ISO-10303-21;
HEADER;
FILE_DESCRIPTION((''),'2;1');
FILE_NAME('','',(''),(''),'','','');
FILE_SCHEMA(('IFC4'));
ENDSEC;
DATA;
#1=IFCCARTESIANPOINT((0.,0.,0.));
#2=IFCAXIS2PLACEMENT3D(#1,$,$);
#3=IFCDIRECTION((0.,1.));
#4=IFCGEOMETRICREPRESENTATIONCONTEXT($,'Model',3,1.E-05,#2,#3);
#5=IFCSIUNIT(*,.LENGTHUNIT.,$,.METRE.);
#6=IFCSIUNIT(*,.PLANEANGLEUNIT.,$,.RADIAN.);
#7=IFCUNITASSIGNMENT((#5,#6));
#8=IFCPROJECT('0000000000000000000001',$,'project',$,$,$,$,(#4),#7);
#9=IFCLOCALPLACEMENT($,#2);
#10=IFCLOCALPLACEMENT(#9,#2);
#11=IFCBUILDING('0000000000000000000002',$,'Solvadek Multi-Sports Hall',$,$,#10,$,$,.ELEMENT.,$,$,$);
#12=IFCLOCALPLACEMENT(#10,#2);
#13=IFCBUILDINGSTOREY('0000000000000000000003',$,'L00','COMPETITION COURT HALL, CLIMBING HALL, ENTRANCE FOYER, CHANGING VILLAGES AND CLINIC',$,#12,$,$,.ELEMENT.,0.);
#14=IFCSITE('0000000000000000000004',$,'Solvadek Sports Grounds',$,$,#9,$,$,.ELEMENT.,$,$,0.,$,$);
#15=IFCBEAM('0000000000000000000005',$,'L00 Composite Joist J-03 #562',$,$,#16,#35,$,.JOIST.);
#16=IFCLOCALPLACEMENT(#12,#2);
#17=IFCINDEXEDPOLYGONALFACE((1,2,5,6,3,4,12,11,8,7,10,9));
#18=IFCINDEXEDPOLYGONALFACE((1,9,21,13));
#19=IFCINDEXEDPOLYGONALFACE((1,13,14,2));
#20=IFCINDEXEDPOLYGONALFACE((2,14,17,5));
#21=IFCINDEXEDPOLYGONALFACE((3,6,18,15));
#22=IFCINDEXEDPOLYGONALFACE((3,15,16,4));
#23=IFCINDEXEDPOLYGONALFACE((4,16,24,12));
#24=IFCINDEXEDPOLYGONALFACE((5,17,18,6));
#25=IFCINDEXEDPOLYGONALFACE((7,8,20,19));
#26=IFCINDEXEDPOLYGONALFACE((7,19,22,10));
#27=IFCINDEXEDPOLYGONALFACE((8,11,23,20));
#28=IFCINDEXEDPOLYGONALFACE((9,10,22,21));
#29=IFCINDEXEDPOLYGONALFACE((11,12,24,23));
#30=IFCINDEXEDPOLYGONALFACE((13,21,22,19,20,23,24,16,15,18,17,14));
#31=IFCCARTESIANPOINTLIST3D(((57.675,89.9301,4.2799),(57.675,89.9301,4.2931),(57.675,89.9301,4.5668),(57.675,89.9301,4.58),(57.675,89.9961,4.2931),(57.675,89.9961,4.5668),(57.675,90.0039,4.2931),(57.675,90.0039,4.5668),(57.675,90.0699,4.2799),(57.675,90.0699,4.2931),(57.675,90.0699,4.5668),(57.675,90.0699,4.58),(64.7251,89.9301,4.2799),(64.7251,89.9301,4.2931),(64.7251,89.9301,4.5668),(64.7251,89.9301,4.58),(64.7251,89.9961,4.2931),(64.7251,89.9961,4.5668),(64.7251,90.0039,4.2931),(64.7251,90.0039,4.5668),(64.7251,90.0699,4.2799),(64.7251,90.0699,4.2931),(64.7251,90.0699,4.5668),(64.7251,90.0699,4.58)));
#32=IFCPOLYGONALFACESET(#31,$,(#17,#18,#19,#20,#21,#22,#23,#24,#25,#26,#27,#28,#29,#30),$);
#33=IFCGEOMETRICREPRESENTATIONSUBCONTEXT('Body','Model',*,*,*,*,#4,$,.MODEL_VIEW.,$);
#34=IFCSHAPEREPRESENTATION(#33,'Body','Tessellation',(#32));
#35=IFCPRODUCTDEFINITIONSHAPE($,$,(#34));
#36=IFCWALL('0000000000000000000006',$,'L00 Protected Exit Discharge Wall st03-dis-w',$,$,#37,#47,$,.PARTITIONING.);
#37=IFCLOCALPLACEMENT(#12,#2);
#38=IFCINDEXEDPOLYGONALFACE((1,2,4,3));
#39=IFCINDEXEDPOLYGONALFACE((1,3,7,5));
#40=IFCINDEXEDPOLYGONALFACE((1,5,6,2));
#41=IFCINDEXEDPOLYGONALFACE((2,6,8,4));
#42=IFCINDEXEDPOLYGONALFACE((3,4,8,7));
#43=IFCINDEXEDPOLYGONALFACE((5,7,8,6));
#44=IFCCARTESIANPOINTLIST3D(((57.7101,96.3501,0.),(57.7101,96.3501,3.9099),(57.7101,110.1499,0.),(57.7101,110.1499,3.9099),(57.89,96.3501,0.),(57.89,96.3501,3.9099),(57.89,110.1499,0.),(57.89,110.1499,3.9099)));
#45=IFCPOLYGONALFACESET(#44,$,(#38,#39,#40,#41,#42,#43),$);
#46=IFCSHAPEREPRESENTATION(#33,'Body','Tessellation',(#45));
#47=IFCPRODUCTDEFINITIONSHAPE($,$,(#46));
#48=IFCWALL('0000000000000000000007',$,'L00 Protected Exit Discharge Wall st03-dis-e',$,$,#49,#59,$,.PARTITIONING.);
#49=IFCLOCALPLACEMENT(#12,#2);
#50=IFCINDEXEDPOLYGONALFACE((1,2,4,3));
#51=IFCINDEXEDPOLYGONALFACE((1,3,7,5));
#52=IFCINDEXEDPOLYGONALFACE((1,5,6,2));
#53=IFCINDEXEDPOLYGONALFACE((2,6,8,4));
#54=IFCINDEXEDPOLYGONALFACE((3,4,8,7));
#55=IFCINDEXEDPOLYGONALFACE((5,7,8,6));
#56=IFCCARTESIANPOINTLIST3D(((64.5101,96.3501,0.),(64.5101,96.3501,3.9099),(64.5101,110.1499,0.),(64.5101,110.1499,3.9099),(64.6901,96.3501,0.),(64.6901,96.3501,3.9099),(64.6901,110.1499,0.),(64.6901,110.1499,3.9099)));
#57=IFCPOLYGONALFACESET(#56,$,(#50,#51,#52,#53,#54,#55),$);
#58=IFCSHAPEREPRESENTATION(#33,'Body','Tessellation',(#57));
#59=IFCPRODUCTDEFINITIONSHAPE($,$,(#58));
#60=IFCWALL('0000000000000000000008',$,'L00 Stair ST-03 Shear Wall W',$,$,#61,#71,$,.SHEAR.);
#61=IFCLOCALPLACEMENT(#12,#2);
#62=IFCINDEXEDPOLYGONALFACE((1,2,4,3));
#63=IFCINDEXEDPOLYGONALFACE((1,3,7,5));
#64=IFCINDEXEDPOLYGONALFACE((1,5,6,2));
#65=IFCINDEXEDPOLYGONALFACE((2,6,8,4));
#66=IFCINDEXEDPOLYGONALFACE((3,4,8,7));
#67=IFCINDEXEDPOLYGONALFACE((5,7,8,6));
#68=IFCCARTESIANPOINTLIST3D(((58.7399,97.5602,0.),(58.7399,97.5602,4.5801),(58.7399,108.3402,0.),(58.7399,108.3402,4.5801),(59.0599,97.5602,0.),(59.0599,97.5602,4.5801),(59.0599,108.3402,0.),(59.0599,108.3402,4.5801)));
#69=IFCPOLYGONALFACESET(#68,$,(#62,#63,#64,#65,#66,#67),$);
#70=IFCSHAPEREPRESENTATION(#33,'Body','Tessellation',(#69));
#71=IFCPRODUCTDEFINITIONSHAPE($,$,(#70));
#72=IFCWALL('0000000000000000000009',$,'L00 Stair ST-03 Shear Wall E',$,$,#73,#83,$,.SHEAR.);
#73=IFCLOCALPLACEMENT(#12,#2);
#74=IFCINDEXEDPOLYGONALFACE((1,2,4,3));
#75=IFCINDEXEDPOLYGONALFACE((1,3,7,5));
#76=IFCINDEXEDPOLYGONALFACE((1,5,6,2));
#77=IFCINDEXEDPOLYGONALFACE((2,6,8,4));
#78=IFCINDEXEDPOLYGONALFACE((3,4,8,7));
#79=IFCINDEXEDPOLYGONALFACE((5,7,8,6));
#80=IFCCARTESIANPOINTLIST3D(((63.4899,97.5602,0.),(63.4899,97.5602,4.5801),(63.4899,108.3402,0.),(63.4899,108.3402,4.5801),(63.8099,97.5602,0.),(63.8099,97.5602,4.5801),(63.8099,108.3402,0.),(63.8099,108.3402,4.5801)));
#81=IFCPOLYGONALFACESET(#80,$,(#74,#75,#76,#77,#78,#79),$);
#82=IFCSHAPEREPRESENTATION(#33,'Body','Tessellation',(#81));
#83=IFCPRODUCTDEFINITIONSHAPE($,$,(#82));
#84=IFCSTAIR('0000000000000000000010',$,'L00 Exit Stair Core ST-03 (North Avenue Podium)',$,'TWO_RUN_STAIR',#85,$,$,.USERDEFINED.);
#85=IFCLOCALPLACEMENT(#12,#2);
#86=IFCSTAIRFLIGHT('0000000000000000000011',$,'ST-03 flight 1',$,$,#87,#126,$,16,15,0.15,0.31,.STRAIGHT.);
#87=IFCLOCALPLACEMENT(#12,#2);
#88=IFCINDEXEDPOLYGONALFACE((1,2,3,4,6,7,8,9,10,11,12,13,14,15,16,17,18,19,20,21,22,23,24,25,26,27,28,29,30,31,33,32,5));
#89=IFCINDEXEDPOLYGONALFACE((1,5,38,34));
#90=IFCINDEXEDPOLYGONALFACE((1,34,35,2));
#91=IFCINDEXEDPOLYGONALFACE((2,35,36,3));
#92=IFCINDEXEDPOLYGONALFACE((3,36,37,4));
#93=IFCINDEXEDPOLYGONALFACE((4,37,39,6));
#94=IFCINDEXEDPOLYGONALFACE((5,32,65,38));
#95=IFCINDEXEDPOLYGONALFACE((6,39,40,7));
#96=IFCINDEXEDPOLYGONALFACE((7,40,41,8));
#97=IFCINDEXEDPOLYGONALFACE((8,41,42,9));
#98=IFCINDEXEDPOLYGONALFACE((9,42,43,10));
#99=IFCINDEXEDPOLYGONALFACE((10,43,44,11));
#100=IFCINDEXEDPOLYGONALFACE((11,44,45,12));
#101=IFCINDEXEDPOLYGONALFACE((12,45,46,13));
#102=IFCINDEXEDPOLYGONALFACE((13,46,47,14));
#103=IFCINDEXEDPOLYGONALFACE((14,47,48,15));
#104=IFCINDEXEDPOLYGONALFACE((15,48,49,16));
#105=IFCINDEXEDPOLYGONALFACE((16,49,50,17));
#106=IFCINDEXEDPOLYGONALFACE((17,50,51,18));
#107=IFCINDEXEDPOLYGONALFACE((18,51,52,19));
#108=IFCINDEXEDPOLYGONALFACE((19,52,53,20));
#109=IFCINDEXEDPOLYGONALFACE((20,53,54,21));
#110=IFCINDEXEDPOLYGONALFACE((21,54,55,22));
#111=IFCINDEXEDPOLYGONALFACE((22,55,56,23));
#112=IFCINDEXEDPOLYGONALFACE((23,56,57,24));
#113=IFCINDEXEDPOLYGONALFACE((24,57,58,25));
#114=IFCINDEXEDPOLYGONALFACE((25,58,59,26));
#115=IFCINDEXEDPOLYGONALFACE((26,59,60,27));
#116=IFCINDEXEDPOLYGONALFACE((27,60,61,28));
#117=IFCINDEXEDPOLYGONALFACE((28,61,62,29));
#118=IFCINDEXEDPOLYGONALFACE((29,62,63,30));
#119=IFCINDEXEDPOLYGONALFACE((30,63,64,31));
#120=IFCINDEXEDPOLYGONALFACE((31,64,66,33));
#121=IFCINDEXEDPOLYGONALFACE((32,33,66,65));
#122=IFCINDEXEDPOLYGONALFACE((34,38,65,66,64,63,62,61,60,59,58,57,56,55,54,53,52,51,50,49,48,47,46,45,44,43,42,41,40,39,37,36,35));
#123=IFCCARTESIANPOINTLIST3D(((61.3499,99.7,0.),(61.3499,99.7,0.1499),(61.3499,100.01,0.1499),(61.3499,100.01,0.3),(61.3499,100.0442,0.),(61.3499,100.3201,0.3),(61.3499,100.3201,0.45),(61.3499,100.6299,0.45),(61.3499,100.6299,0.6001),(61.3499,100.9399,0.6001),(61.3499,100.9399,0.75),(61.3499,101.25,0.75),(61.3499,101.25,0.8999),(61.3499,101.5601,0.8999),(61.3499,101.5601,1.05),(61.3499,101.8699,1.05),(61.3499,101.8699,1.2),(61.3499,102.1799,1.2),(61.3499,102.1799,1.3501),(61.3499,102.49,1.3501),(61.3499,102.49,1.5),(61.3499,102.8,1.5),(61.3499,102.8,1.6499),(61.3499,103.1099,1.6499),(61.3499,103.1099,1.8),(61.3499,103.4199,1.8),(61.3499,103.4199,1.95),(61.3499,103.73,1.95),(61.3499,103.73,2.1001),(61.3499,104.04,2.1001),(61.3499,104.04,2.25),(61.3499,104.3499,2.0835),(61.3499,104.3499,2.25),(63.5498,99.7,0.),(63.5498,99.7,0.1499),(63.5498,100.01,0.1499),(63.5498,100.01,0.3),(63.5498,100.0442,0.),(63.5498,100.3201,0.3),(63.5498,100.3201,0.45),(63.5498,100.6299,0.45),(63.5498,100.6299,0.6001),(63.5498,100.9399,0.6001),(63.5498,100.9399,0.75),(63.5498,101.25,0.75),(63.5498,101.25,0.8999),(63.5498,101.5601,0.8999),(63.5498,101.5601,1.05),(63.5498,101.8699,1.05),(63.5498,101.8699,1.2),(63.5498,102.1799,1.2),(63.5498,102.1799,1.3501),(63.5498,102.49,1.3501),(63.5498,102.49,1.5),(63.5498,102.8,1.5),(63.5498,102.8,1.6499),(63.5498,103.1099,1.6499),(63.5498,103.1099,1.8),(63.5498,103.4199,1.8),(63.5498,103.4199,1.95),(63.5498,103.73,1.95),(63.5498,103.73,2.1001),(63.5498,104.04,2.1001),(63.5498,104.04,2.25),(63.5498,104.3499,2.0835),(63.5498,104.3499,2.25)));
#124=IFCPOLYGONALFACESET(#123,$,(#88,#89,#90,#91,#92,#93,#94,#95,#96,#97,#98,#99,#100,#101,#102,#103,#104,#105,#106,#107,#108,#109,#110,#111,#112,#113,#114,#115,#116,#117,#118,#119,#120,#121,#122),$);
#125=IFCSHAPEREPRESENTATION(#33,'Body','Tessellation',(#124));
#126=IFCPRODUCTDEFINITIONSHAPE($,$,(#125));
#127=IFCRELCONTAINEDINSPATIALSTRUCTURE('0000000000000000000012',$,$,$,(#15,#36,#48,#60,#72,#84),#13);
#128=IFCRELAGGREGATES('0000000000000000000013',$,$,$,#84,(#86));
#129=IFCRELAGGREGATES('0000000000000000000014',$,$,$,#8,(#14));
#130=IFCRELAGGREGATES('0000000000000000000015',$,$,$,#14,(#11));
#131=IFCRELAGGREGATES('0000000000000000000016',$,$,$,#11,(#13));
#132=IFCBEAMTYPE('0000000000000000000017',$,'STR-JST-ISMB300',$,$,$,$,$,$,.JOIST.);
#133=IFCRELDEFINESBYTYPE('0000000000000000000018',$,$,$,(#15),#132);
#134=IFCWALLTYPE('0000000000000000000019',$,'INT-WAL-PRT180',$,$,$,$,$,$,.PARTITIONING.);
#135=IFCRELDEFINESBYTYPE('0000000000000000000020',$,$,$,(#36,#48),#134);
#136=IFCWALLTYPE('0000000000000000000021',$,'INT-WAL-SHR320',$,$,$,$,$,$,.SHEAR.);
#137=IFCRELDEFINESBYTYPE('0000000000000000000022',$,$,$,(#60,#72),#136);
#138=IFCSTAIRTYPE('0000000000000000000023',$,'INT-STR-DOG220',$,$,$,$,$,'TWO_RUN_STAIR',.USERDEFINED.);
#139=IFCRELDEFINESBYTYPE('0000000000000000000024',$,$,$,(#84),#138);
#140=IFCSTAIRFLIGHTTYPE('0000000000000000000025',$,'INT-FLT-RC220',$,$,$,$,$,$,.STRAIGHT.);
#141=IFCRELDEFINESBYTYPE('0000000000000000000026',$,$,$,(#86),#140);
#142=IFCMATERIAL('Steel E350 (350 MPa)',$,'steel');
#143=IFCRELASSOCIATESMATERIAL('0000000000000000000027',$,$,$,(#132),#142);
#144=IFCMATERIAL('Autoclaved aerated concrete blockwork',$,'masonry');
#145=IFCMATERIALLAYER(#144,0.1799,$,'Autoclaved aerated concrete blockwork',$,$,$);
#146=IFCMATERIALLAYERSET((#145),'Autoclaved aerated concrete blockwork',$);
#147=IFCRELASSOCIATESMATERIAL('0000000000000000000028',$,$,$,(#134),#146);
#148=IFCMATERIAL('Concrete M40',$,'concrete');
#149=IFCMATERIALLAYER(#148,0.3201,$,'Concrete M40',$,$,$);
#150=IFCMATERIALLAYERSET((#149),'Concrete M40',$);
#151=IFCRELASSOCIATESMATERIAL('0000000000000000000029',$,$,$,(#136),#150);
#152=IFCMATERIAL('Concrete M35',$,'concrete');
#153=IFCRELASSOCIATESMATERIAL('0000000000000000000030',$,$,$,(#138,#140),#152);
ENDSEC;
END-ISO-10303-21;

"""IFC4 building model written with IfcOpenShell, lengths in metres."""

from ifc_helpers import new_model, si_unit, direction, frame, frame_2d, origin, origin_2d, place, context, subcontext, project, spatial, polyline, rectangle, i_section, outline, extrude, material, layer, layer_set, material_profile, profile_set, type_object, element, aggregate, save


model = new_model("IFC4")

# Units and contexts
model_context = context("Model", 3, precision=1e-05, world=origin(), true_north=direction((0.0, 1.0)))
body_context = subcontext(model_context, "Body", "Model", "MODEL_VIEW")
ifc_project = project(units=[si_unit("LENGTHUNIT", "METRE"), si_unit("PLANEANGLEUNIT", "RADIAN")], contexts=[model_context])

# Site, building, storey
site_placement = place(None, origin())
site = spatial("IfcSite", under=ifc_project, at=site_placement, Name="Solvadek Sports Grounds", CompositionType="ELEMENT", RefElevation=0.0)
building_placement = place(site_placement, origin())
building = spatial("IfcBuilding", under=site, at=building_placement, Name="Solvadek Multi-Sports Hall", CompositionType="ELEMENT")
storey_placement = place(building_placement, origin())
storey = spatial("IfcBuildingStorey", under=building, at=storey_placement, Name="L00", Description="COMPETITION COURT HALL, CLIMBING HALL, ENTRANCE FOYER, CHANGING VILLAGES AND CLINIC", CompositionType="ELEMENT", Elevation=0.0)

# Shared definitions
ifc_material_1 = material(Name="Steel E350 (350 MPa)", Category="steel")

# Beam
ifc_material_profile_1 = material_profile(ifc_material_1, i_section(OverallWidth=0.1399, OverallDepth=0.3, WebThickness=0.0078, FlangeThickness=0.0132, at=origin_2d()), Name="ISMB 300")
ifc_profile_set_1 = profile_set([ifc_material_profile_1], Name="Steel E350 (350 MPa)")
beam_type_1 = type_object("IfcBeamType", Name="STR-JST-ISMB300", PredefinedType="JOIST", material=ifc_profile_set_1)
for number, where, z_axis, x_axis, name in (
    (1, (57.675, 90.0, 4.4299), (1.0, 0.0, 0.0), (0.0, 1.0, 0.0), "L00 Composite Joist J-03 #562"),
):
    element("IfcBeam", number, at=place(storey_placement, frame(where, z_axis=z_axis, x_axis=x_axis)), inside=storey, type_object=beam_type_1, Name=name, PredefinedType="JOIST", context=body_context, shape_type="SweptSolid", body=[
        extrude(i_section(OverallWidth=0.1399, OverallDepth=0.3, WebThickness=0.0078, FlangeThickness=0.0132, at=origin_2d()), origin(), (0.0, 0.0, 1.0), 7.05),
    ])

# Shared definitions
ifc_material_2 = material(Name="Autoclaved aerated concrete blockwork", Category="masonry")
ifc_layer_1 = layer(ifc_material_2, 0.1799, Name="Autoclaved aerated concrete blockwork")
ifc_layer_set_1 = layer_set([ifc_layer_1], Name="Autoclaved aerated concrete blockwork")
wall_type_1 = type_object("IfcWallType", Name="INT-WAL-PRT180", PredefinedType="PARTITIONING", material=ifc_layer_set_1)

# Walls
for number, where, z_axis, x_axis, name in (
    (2, (57.8, 96.3501, 0.0), (0.0, 0.0, 1.0), (0.0, 1.0, 0.0), "L00 Protected Exit Discharge Wall st03-dis-w"),
    (3, (64.6001, 96.3501, 0.0), (0.0, 0.0, 1.0), (0.0, 1.0, 0.0), "L00 Protected Exit Discharge Wall st03-dis-e"),
):
    element("IfcWall", number, at=place(storey_placement, frame(where, z_axis=z_axis, x_axis=x_axis)), inside=storey, type_object=wall_type_1, Name=name, PredefinedType="PARTITIONING", context=body_context, shape_type="SweptSolid", body=[
        extrude(rectangle(XDim=13.7998, YDim=0.1799, at=frame_2d((6.8999, 0.0))), origin(), (0.0, 0.0, 1.0), 3.9099),
    ])

# Shared definitions
ifc_material_3 = material(Name="Concrete M40", Category="concrete")
ifc_layer_2 = layer(ifc_material_3, 0.3201, Name="Concrete M40")
ifc_layer_set_2 = layer_set([ifc_layer_2], Name="Concrete M40")
wall_type_2 = type_object("IfcWallType", Name="INT-WAL-SHR320", PredefinedType="SHEAR", material=ifc_layer_set_2)

# Walls
for number, where, z_axis, x_axis, name in (
    (4, (58.8999, 97.5601, 0.0), (0.0, 0.0, 1.0), (0.0, 1.0, 0.0), "L00 Stair ST-03 Shear Wall W"),
    (5, (63.6499, 97.5601, 0.0), (0.0, 0.0, 1.0), (0.0, 1.0, 0.0), "L00 Stair ST-03 Shear Wall E"),
):
    element("IfcWall", number, at=place(storey_placement, frame(where, z_axis=z_axis, x_axis=x_axis)), inside=storey, type_object=wall_type_2, Name=name, PredefinedType="SHEAR", context=body_context, shape_type="SweptSolid", body=[
        extrude(rectangle(XDim=10.78, YDim=0.3201, at=frame_2d((5.3901, 0.0))), origin(), (0.0, 0.0, 1.0), 4.5801),
    ])

# Stair, stair flight
ifc_material_4 = material(Name="Concrete M35", Category="concrete")
stair_type = type_object("IfcStairType", Name="INT-STR-DOG220", ElementType="TWO_RUN_STAIR", PredefinedType="USERDEFINED", material=ifc_material_4)
stair_placement = place(storey_placement, origin())
stair = element("IfcStair", 6, at=stair_placement, inside=storey, type_object=stair_type, Name="L00 Exit Stair Core ST-03 (North Avenue Podium)", ObjectType="TWO_RUN_STAIR", PredefinedType="USERDEFINED")
stair_flight_type = type_object("IfcStairFlightType", Name="INT-FLT-RC220", PredefinedType="STRAIGHT", material=ifc_material_4)
stair_flight_placement = place(storey_placement, frame((62.45, 99.7, 0.0), z_axis=(0.0, 0.0, 1.0), x_axis=(0.0, 1.0, 0.0)))
stair_flight = element("IfcStairFlight", 7, at=stair_flight_placement, type_object=stair_flight_type, Name="ST-03 flight 1", NumberOfRisers=16, NumberOfTreads=15, PredefinedType="STRAIGHT", RiserHeight=0.15, TreadLength=0.31, context=body_context, shape_type="SweptSolid", body=[
    extrude(outline(polyline([(0.0, 0.0), (0.0, 0.1499), (0.3101, 0.1499), (0.3101, 0.3), (0.6201, 0.3), (0.6201, 0.45), (0.9299, 0.45), (0.9299, 0.6001), (1.24, 0.6001), (1.24, 0.75), (1.55, 0.75), (1.55, 0.8999), (1.8601, 0.8999), (1.8601, 1.05), (2.1699, 1.05), (2.1699, 1.2), (2.48, 1.2), (2.48, 1.3501), (2.79, 1.3501), (2.79, 1.5), (3.1001, 1.5), (3.1001, 1.6499), (3.4099, 1.6499), (3.4099, 1.8), (3.72, 1.8), (3.72, 1.95), (4.03, 1.95), (4.03, 2.1001), (4.3401, 2.1001), (4.3401, 2.25), (4.6499, 2.25), (4.6499, 2.3999), (4.6499, 2.0835), (0.3442, 0.0), (0.0, 0.0)])), frame((0.0, 1.1001, 0.0), z_axis=(0.0, -1.0, 0.0), x_axis=(1.0, 0.0, 0.0)), (0.0, 0.0, 1.0), 2.2),
])
aggregate(stair, [stair_flight])

save(model, "model.ifc")
